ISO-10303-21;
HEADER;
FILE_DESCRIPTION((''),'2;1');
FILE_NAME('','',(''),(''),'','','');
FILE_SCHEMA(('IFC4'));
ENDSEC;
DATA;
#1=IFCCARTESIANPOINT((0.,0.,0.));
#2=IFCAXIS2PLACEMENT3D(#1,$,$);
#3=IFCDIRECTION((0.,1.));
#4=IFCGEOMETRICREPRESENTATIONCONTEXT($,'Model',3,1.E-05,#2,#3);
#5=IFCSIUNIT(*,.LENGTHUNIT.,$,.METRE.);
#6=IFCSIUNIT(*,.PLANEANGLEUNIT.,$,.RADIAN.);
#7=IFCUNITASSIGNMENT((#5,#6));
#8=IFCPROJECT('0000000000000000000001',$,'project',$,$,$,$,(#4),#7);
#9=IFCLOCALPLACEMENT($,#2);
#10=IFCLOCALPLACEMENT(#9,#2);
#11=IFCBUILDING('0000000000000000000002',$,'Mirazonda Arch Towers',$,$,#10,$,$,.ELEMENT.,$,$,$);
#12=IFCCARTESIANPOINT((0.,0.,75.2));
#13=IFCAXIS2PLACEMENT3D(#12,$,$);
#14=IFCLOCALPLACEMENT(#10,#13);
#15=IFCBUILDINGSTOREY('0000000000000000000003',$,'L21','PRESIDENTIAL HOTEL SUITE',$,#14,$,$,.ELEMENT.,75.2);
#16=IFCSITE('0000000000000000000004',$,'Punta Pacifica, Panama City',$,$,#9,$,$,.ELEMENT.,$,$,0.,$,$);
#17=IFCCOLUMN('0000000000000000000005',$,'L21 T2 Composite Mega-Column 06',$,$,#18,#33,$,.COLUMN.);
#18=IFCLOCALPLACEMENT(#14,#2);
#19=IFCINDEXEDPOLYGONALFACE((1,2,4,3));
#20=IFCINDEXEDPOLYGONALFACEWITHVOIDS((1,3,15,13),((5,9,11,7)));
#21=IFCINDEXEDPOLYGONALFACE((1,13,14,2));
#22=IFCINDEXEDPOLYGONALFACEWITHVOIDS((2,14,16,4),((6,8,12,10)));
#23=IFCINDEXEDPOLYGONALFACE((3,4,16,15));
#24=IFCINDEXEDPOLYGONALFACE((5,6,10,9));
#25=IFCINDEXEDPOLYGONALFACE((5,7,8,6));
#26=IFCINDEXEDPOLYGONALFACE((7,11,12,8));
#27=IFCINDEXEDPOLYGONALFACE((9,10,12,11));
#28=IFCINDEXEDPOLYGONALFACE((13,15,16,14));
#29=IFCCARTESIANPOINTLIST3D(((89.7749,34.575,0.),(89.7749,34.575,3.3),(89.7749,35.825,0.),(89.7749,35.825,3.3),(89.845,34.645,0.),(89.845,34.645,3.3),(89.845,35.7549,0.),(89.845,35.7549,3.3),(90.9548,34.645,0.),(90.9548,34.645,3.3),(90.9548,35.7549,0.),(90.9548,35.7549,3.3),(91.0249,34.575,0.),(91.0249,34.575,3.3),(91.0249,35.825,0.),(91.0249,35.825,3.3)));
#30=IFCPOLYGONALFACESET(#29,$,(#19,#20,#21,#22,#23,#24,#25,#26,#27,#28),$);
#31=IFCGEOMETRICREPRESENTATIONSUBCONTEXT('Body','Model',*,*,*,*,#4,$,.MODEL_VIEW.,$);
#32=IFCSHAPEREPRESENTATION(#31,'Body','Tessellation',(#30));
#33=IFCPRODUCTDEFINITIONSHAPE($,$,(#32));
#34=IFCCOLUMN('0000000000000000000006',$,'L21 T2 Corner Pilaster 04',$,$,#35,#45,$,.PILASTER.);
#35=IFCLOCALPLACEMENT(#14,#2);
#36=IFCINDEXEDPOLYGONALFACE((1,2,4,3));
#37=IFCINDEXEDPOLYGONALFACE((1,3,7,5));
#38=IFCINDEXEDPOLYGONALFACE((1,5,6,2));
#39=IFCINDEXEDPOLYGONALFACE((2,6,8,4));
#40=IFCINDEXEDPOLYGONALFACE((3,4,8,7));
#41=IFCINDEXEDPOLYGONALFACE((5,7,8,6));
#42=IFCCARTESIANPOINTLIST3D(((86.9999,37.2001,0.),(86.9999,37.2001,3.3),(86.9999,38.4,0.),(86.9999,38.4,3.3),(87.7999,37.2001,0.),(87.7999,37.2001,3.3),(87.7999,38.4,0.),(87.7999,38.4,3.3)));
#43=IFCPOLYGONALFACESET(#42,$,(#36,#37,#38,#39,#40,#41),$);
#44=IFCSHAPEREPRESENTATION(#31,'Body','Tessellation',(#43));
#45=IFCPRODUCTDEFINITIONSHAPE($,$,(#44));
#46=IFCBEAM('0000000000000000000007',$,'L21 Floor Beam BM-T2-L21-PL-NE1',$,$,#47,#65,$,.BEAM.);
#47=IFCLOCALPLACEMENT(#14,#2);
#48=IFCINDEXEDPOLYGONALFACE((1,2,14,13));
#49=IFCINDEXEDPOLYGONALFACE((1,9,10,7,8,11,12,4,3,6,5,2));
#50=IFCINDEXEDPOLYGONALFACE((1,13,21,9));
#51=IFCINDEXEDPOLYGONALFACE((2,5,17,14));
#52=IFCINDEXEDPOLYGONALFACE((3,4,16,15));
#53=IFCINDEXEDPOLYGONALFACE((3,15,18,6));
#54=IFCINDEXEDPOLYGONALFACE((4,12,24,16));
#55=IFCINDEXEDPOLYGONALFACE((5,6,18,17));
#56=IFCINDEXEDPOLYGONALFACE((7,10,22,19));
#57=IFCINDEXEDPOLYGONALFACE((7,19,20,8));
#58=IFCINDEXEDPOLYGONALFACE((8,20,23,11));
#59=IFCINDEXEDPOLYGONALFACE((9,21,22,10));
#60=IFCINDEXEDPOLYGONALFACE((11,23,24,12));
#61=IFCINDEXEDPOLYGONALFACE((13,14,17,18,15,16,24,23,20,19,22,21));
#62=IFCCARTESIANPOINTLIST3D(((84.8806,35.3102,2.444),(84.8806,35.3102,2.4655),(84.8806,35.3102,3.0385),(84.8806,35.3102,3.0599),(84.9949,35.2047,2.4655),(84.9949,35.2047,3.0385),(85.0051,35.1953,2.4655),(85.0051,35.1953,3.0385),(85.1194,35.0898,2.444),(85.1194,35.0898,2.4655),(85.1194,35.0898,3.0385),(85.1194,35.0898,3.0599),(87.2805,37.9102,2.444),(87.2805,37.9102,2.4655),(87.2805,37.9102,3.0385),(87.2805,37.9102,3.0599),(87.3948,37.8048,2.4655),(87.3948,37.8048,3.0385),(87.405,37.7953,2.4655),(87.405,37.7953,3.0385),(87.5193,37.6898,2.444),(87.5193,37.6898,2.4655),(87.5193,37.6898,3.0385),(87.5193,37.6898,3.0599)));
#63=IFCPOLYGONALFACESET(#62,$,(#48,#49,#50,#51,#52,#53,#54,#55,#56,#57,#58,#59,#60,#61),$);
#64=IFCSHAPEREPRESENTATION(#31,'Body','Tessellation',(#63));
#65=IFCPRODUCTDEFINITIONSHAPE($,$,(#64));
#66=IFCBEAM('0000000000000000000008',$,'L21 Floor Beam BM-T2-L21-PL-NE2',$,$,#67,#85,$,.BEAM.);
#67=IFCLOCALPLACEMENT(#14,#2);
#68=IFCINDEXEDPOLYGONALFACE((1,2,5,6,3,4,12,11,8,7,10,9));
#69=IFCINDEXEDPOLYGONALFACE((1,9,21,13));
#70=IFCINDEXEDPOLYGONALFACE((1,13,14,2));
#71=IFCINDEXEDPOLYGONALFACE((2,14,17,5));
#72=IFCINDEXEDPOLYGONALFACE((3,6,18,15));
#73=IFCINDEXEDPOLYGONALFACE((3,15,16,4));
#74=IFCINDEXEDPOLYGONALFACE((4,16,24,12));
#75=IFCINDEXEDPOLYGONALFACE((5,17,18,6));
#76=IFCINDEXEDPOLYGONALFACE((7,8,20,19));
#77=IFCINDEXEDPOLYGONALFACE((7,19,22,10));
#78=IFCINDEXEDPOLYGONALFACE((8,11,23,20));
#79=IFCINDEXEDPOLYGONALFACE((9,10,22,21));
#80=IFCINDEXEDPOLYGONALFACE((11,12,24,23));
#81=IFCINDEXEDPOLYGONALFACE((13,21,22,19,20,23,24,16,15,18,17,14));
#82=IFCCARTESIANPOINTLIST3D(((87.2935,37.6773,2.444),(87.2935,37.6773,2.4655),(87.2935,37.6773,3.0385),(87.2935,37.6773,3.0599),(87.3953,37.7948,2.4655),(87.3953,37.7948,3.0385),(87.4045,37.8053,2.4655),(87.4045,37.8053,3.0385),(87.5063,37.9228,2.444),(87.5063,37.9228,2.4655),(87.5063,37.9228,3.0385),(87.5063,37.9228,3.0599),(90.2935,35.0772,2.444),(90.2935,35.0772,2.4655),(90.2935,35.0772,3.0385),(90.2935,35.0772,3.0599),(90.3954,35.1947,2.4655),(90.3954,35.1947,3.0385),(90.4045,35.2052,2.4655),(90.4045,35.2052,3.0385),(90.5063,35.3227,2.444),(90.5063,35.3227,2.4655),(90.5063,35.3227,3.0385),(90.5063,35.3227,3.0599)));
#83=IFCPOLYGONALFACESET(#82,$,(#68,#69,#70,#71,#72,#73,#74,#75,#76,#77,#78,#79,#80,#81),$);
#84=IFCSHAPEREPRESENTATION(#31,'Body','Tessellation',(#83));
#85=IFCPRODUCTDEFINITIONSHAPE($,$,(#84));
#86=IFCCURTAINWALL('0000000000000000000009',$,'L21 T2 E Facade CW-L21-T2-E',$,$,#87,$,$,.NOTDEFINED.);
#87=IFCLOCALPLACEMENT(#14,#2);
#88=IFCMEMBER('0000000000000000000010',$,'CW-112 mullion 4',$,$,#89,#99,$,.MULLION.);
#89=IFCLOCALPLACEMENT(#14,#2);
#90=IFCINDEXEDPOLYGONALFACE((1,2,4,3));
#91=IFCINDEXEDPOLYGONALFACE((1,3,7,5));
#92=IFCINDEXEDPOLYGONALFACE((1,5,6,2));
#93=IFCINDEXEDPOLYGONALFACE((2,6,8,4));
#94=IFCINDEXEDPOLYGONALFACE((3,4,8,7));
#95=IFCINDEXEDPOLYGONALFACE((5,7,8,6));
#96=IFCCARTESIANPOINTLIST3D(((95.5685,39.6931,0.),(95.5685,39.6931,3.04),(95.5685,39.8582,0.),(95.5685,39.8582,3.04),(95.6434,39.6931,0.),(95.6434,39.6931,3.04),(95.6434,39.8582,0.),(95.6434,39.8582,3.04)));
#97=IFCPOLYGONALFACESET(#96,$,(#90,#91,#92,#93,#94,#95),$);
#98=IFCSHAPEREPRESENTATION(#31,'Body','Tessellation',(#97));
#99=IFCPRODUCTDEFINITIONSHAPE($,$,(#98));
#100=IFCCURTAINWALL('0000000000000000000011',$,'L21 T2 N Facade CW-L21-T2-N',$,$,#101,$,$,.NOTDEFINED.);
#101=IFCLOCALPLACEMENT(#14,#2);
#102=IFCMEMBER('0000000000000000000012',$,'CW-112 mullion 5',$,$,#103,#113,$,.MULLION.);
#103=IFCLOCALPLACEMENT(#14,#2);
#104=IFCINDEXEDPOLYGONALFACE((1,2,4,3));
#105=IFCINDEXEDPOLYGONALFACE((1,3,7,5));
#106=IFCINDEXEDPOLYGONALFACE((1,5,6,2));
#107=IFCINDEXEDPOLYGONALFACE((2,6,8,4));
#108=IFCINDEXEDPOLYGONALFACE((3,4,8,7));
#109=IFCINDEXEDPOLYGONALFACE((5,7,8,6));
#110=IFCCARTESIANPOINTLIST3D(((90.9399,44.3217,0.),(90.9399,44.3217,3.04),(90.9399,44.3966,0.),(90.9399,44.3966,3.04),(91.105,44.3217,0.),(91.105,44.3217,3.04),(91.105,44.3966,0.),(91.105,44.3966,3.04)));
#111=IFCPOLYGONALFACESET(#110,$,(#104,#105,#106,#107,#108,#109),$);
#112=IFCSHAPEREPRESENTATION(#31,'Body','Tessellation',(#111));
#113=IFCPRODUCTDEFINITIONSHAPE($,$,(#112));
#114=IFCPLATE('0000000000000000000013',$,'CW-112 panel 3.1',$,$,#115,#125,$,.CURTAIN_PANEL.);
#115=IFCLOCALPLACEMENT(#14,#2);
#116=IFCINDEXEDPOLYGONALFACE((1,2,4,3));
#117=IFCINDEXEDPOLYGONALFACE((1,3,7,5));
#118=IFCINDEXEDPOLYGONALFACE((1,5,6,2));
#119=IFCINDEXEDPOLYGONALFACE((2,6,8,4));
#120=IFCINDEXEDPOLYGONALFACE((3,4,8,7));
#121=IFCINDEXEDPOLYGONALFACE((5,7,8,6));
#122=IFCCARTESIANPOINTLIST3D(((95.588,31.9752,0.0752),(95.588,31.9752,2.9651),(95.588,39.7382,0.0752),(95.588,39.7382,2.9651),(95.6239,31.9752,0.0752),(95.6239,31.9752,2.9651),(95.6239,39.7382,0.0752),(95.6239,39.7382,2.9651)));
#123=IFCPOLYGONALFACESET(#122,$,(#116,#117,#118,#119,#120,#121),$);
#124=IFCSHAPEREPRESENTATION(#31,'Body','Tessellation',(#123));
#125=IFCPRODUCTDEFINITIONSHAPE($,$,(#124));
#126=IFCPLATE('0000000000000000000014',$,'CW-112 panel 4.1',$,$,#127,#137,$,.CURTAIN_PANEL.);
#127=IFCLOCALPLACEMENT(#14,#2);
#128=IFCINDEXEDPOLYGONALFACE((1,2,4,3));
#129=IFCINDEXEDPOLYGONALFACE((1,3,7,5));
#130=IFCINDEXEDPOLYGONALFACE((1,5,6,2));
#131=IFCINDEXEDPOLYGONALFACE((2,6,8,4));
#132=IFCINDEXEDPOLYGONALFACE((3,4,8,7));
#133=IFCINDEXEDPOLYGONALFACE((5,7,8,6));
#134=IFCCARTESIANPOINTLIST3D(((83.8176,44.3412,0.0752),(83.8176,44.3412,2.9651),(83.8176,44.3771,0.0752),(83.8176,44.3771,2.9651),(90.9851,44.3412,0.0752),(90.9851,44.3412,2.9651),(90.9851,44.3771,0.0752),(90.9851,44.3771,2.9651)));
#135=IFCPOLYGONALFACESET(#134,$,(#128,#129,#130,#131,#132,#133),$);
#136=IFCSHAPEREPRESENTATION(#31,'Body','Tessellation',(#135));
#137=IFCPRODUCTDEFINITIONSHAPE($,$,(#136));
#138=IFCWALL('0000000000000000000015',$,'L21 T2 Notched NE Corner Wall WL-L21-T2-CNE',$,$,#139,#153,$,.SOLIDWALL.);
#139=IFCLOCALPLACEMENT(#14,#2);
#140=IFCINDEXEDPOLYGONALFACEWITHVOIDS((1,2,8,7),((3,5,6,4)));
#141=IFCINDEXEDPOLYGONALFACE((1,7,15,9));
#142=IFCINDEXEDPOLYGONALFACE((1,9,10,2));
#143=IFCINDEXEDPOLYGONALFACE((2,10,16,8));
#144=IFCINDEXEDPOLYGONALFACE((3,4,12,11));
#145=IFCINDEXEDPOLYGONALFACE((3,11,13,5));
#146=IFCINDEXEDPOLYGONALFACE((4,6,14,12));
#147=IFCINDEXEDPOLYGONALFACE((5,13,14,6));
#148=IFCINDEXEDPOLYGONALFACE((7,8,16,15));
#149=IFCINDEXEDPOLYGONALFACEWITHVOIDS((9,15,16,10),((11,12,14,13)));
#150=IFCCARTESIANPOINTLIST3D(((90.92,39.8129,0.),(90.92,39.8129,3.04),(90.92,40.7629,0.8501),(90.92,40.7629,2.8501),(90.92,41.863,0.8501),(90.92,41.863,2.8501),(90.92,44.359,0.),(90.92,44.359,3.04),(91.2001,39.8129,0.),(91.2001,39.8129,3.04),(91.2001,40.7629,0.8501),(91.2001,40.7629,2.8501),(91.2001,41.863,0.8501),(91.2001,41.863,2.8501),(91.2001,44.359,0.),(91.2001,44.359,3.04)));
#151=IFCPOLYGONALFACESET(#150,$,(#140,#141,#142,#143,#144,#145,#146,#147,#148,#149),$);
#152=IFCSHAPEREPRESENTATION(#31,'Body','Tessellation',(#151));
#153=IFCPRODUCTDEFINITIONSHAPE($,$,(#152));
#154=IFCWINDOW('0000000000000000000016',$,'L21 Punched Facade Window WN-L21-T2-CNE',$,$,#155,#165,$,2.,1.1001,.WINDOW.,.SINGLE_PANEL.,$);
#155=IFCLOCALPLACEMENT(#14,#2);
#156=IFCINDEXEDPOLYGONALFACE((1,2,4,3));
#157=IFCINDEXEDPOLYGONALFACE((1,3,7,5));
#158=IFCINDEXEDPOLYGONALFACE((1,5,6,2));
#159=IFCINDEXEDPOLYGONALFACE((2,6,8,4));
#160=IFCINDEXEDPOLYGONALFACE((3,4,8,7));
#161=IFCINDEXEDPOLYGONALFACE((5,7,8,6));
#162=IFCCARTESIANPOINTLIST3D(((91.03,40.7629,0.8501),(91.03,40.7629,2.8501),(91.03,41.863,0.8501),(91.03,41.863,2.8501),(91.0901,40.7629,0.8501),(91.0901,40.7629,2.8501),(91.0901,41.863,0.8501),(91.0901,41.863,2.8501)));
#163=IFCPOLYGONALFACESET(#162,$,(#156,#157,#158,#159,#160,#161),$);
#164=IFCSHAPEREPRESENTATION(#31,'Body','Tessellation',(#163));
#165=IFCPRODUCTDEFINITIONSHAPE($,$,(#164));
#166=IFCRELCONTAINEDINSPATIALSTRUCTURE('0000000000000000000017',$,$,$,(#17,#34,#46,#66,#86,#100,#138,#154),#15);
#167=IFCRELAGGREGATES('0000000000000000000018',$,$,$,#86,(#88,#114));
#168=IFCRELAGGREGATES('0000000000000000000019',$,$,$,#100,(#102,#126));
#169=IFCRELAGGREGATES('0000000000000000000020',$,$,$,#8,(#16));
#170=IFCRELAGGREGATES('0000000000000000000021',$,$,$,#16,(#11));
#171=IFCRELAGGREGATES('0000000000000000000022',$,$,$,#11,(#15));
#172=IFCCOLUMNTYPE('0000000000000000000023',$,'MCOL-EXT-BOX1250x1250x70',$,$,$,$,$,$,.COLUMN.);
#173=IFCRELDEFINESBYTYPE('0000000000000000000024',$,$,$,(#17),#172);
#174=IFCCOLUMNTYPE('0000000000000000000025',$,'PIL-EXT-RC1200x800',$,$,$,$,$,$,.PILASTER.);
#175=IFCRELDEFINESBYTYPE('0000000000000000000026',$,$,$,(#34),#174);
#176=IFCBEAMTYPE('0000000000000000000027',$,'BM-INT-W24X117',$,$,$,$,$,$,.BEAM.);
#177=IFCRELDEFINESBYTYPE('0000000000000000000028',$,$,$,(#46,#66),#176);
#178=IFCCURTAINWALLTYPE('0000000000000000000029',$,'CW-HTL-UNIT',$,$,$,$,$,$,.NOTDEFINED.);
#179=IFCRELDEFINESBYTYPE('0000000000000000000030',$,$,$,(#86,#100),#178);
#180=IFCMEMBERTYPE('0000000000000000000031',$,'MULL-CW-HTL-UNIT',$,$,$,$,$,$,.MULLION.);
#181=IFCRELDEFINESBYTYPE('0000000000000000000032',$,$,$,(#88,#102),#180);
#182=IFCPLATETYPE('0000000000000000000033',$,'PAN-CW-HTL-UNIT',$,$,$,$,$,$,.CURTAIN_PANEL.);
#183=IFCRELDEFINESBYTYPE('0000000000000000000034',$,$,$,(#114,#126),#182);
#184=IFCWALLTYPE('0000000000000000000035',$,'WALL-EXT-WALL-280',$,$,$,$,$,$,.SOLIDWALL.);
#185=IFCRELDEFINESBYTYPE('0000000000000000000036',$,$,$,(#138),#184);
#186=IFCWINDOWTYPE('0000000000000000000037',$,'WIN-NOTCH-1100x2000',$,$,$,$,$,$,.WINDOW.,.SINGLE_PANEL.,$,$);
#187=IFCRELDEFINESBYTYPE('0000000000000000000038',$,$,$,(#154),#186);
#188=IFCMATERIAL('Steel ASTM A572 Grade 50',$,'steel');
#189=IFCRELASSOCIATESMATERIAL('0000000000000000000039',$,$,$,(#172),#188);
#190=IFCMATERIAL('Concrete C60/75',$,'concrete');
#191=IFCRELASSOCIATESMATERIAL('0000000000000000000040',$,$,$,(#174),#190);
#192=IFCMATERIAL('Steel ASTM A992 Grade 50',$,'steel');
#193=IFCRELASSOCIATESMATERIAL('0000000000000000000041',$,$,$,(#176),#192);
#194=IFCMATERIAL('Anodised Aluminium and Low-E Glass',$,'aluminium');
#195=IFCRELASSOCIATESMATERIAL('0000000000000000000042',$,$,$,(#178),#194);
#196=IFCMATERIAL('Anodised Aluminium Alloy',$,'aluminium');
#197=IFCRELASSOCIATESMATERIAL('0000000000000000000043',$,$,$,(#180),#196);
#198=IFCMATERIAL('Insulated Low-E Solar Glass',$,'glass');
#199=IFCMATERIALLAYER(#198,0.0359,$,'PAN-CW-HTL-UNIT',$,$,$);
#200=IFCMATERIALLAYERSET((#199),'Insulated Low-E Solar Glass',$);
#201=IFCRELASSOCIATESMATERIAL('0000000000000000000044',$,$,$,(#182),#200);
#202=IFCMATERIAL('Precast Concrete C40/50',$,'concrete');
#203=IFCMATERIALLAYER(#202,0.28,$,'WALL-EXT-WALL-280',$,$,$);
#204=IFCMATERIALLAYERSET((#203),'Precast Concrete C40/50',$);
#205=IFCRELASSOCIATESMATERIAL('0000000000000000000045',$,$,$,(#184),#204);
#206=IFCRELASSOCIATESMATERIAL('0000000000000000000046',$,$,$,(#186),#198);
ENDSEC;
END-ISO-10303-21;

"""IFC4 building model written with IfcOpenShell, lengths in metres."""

from ifc_helpers import new_model, si_unit, direction, frame, frame_2d, origin, origin_2d, place, context, subcontext, project, spatial, rectangle, hollow_rectangle, i_section, extrude, material, layer, layer_set, material_profile, profile_set, type_object, element, fill, aggregate, save


model = new_model("IFC4")

# Units and contexts
model_context = context("Model", 3, precision=1e-05, world=origin(), true_north=direction((0.0, 1.0)))
body_context = subcontext(model_context, "Body", "Model", "MODEL_VIEW")
ifc_project = project(units=[si_unit("LENGTHUNIT", "METRE"), si_unit("PLANEANGLEUNIT", "RADIAN")], contexts=[model_context])

# Site, building, storey
site_placement = place(None, origin())
site = spatial("IfcSite", under=ifc_project, at=site_placement, Name="Punta Pacifica, Panama City", CompositionType="ELEMENT", RefElevation=0.0)
building_placement = place(site_placement, origin())
building = spatial("IfcBuilding", under=site, at=building_placement, Name="Mirazonda Arch Towers", CompositionType="ELEMENT")
storey_placement = place(building_placement, frame((0.0, 0.0, 75.2)))
storey = spatial("IfcBuildingStorey", under=building, at=storey_placement, Name="L21", Description="PRESIDENTIAL HOTEL SUITE", CompositionType="ELEMENT", Elevation=75.2)

# Columns
ifc_material_1 = material(Name="Steel ASTM A572 Grade 50", Category="steel")
ifc_material_profile_1 = material_profile(ifc_material_1, hollow_rectangle(XDim=1.25, YDim=1.25, WallThickness=0.0701, at=origin_2d()), Name="BOX1250x1250x70")
ifc_profile_set_1 = profile_set([ifc_material_profile_1], Name="Steel ASTM A572 Grade 50")
column_type_1 = type_object("IfcColumnType", Name="MCOL-EXT-BOX1250x1250x70", PredefinedType="COLUMN", material=ifc_profile_set_1)
column_1_placement = place(storey_placement, frame((90.3999, 35.2, 0.0), z_axis=(0.0, 0.0, 1.0), x_axis=(1.0, 0.0, 0.0)))
element("IfcColumn", 1, at=column_1_placement, inside=storey, type_object=column_type_1, Name="L21 T2 Composite Mega-Column 06", PredefinedType="COLUMN", context=body_context, shape_type="SweptSolid", body=[
    extrude(hollow_rectangle(XDim=1.25, YDim=1.25, WallThickness=0.0701, at=origin_2d()), origin(), (0.0, 0.0, 1.0), 3.3),
])
ifc_material_2 = material(Name="Concrete C60/75", Category="concrete")
ifc_material_profile_2 = material_profile(ifc_material_2, rectangle(XDim=0.8, YDim=1.2, at=origin_2d()), Name="RC1200x800")
ifc_profile_set_2 = profile_set([ifc_material_profile_2], Name="Concrete C60/75")
column_type_2 = type_object("IfcColumnType", Name="PIL-EXT-RC1200x800", PredefinedType="PILASTER", material=ifc_profile_set_2)
column_2_placement = place(storey_placement, frame((87.3999, 37.8, 0.0), z_axis=(0.0, 0.0, 1.0), x_axis=(1.0, 0.0, 0.0)))
element("IfcColumn", 2, at=column_2_placement, inside=storey, type_object=column_type_2, Name="L21 T2 Corner Pilaster 04", PredefinedType="PILASTER", context=body_context, shape_type="SweptSolid", body=[
    extrude(rectangle(XDim=0.8, YDim=1.2, at=origin_2d()), origin(), (0.0, 0.0, 1.0), 3.3),
])

# Beams
ifc_material_3 = material(Name="Steel ASTM A992 Grade 50", Category="steel")
ifc_material_profile_3 = material_profile(ifc_material_3, i_section(OverallWidth=0.325, OverallDepth=0.616, WebThickness=0.0139, FlangeThickness=0.0215, at=origin_2d()), Name="W24X117")
ifc_profile_set_3 = profile_set([ifc_material_profile_3], Name="Steel ASTM A992 Grade 50")
beam_type = type_object("IfcBeamType", Name="BM-INT-W24X117", PredefinedType="BEAM", material=ifc_profile_set_3)
beam_1_placement = place(storey_placement, frame((87.3999, 37.8, 2.752), z_axis=(-0.678251, -0.73483, 0.0), x_axis=(0.73483, -0.678251, 0.0)))
element("IfcBeam", 3, at=beam_1_placement, inside=storey, type_object=beam_type, Name="L21 Floor Beam BM-T2-L21-PL-NE1", PredefinedType="BEAM", context=body_context, shape_type="SweptSolid", body=[
    extrude(i_section(OverallWidth=0.325, OverallDepth=0.616, WebThickness=0.0139, FlangeThickness=0.0215, at=origin_2d()), origin(), (0.0, 0.0, 1.0), 3.5383),
])
beam_2_placement = place(storey_placement, frame((87.3999, 37.8, 2.752), z_axis=(0.755677, -0.654945, 0.0), x_axis=(0.654945, 0.755677, 0.0)))
element("IfcBeam", 4, at=beam_2_placement, inside=storey, type_object=beam_type, Name="L21 Floor Beam BM-T2-L21-PL-NE2", PredefinedType="BEAM", context=body_context, shape_type="SweptSolid", body=[
    extrude(i_section(OverallWidth=0.325, OverallDepth=0.616, WebThickness=0.0139, FlangeThickness=0.0215, at=origin_2d()), origin(), (0.0, 0.0, 1.0), 3.97),
])

# Curtain walls, members
ifc_material_4 = material(Name="Anodised Aluminium and Low-E Glass", Category="aluminium")
curtain_wall_type = type_object("IfcCurtainWallType", Name="CW-HTL-UNIT", PredefinedType="NOTDEFINED", material=ifc_material_4)
curtain_wall_1_placement = place(storey_placement, origin())
curtain_wall_1 = element("IfcCurtainWall", 5, at=curtain_wall_1_placement, inside=storey, type_object=curtain_wall_type, Name="L21 T2 E Facade CW-L21-T2-E", PredefinedType="NOTDEFINED")
ifc_material_5 = material(Name="Anodised Aluminium Alloy", Category="aluminium")
ifc_material_profile_4 = material_profile(ifc_material_5, rectangle(XDim=0.075, YDim=0.165, at=origin_2d()), Name="ALU-MULL-75x165")
ifc_profile_set_4 = profile_set([ifc_material_profile_4], Name="Anodised Aluminium Alloy")
member_type = type_object("IfcMemberType", Name="MULL-CW-HTL-UNIT", PredefinedType="MULLION", material=ifc_profile_set_4)
member_1_placement = place(storey_placement, frame((95.606, 39.7756, 0.0), z_axis=(0.0, 0.0, 1.0), x_axis=(-1.0, 0.0, 0.0)))
member_1 = element("IfcMember", 6, at=member_1_placement, type_object=member_type, Name="CW-112 mullion 4", PredefinedType="MULLION", context=body_context, shape_type="SweptSolid", body=[
    extrude(rectangle(XDim=0.075, YDim=0.165, at=origin_2d()), origin(), (0.0, 0.0, 1.0), 3.04),
])
curtain_wall_2_placement = place(storey_placement, origin())
curtain_wall_2 = element("IfcCurtainWall", 7, at=curtain_wall_2_placement, inside=storey, type_object=curtain_wall_type, Name="L21 T2 N Facade CW-L21-T2-N", PredefinedType="NOTDEFINED")
member_2_placement = place(storey_placement, frame((91.0225, 44.3591, 0.0), z_axis=(0.0, 0.0, 1.0), x_axis=(0.0, 1.0, 0.0)))
member_2 = element("IfcMember", 8, at=member_2_placement, type_object=member_type, Name="CW-112 mullion 5", PredefinedType="MULLION", context=body_context, shape_type="SweptSolid", body=[
    extrude(rectangle(XDim=0.075, YDim=0.165, at=origin_2d()), origin(), (0.0, 0.0, 1.0), 3.04),
])

# Plates
ifc_material_6 = material(Name="Insulated Low-E Solar Glass", Category="glass")
ifc_layer_1 = layer(ifc_material_6, 0.0359, Name="PAN-CW-HTL-UNIT")
ifc_layer_set_1 = layer_set([ifc_layer_1], Name="Insulated Low-E Solar Glass")
plate_type = type_object("IfcPlateType", Name="PAN-CW-HTL-UNIT", PredefinedType="CURTAIN_PANEL", material=ifc_layer_set_1)
plate_1_placement = place(storey_placement, frame((95.606, 35.8567, 0.0752), z_axis=(0.0, 0.0, 1.0), x_axis=(0.0, 1.0, 0.0)))
plate_1 = element("IfcPlate", 9, at=plate_1_placement, type_object=plate_type, Name="CW-112 panel 3.1", PredefinedType="CURTAIN_PANEL", context=body_context, shape_type="SweptSolid", body=[
    extrude(rectangle(XDim=7.7629, YDim=0.0359, at=origin_2d()), origin(), (0.0, 0.0, 1.0), 2.8899),
])
aggregate(curtain_wall_1, [member_1, plate_1])
plate_2_placement = place(storey_placement, frame((87.4014, 44.3591, 0.0752), z_axis=(0.0, 0.0, 1.0), x_axis=(1.0, 0.0, 0.0)))
plate_2 = element("IfcPlate", 10, at=plate_2_placement, type_object=plate_type, Name="CW-112 panel 4.1", PredefinedType="CURTAIN_PANEL", context=body_context, shape_type="SweptSolid", body=[
    extrude(rectangle(XDim=7.1675, YDim=0.0359, at=origin_2d()), origin(), (0.0, 0.0, 1.0), 2.8899),
])
aggregate(curtain_wall_2, [member_2, plate_2])

# Wall, opening, window
ifc_material_7 = material(Name="Precast Concrete C40/50", Category="concrete")
ifc_layer_2 = layer(ifc_material_7, 0.28, Name="WALL-EXT-WALL-280")
ifc_layer_set_2 = layer_set([ifc_layer_2], Name="Precast Concrete C40/50")
wall_type_1 = type_object("IfcWallType", Name="WALL-EXT-WALL-280", PredefinedType="SOLIDWALL", material=ifc_layer_set_2)
wall_1_placement = place(storey_placement, frame((91.0601, 39.813, 0.0), z_axis=(0.0, 0.0, 1.0), x_axis=(0.0, 1.0, 0.0)))
wall_1 = element("IfcWall", 11, at=wall_1_placement, inside=storey, type_object=wall_type_1, Name="L21 T2 Notched NE Corner Wall WL-L21-T2-CNE", PredefinedType="SOLIDWALL", context=body_context, shape_type="SweptSolid", body=[
    extrude(rectangle(XDim=4.5461, YDim=0.28, at=frame_2d((2.2729, 0.0))), origin(), (0.0, 0.0, 1.0), 3.04),
])
opening_1_placement = place(wall_1_placement, frame((0.95, 0.0, 0.8501)))
opening_1 = element("IfcOpeningElement", 12, at=opening_1_placement, cuts=wall_1, PredefinedType="OPENING", context=body_context, shape_type="SweptSolid", body=[
    extrude(rectangle(XDim=1.1001, YDim=2.0, at=frame_2d((0.55, 1.0))), frame((0.0, 0.1499, 0.0), z_axis=(0.0, -1.0, 0.0), x_axis=(1.0, 0.0, 0.0)), (0.0, 0.0, 1.0), 0.3),
])
window_type = type_object("IfcWindowType", Name="WIN-NOTCH-1100x2000", PartitioningType="SINGLE_PANEL", PredefinedType="WINDOW", material=ifc_material_6)
window_1_placement = place(opening_1_placement, origin())
window_1 = element("IfcWindow", 13, at=window_1_placement, inside=storey, type_object=window_type, Name="L21 Punched Facade Window WN-L21-T2-CNE", OverallHeight=2.0, OverallWidth=1.1001, PartitioningType="SINGLE_PANEL", PredefinedType="WINDOW", context=body_context, shape_type="SweptSolid", body=[
    extrude(rectangle(XDim=1.1001, YDim=2.0, at=frame_2d((0.55, 1.0))), frame((0.0, 0.03, 0.0), z_axis=(0.0, -1.0, 0.0), x_axis=(1.0, 0.0, 0.0)), (0.0, 0.0, 1.0), 0.0601),
])
fill(opening_1, window_1)

save(model, "model.ifc")
